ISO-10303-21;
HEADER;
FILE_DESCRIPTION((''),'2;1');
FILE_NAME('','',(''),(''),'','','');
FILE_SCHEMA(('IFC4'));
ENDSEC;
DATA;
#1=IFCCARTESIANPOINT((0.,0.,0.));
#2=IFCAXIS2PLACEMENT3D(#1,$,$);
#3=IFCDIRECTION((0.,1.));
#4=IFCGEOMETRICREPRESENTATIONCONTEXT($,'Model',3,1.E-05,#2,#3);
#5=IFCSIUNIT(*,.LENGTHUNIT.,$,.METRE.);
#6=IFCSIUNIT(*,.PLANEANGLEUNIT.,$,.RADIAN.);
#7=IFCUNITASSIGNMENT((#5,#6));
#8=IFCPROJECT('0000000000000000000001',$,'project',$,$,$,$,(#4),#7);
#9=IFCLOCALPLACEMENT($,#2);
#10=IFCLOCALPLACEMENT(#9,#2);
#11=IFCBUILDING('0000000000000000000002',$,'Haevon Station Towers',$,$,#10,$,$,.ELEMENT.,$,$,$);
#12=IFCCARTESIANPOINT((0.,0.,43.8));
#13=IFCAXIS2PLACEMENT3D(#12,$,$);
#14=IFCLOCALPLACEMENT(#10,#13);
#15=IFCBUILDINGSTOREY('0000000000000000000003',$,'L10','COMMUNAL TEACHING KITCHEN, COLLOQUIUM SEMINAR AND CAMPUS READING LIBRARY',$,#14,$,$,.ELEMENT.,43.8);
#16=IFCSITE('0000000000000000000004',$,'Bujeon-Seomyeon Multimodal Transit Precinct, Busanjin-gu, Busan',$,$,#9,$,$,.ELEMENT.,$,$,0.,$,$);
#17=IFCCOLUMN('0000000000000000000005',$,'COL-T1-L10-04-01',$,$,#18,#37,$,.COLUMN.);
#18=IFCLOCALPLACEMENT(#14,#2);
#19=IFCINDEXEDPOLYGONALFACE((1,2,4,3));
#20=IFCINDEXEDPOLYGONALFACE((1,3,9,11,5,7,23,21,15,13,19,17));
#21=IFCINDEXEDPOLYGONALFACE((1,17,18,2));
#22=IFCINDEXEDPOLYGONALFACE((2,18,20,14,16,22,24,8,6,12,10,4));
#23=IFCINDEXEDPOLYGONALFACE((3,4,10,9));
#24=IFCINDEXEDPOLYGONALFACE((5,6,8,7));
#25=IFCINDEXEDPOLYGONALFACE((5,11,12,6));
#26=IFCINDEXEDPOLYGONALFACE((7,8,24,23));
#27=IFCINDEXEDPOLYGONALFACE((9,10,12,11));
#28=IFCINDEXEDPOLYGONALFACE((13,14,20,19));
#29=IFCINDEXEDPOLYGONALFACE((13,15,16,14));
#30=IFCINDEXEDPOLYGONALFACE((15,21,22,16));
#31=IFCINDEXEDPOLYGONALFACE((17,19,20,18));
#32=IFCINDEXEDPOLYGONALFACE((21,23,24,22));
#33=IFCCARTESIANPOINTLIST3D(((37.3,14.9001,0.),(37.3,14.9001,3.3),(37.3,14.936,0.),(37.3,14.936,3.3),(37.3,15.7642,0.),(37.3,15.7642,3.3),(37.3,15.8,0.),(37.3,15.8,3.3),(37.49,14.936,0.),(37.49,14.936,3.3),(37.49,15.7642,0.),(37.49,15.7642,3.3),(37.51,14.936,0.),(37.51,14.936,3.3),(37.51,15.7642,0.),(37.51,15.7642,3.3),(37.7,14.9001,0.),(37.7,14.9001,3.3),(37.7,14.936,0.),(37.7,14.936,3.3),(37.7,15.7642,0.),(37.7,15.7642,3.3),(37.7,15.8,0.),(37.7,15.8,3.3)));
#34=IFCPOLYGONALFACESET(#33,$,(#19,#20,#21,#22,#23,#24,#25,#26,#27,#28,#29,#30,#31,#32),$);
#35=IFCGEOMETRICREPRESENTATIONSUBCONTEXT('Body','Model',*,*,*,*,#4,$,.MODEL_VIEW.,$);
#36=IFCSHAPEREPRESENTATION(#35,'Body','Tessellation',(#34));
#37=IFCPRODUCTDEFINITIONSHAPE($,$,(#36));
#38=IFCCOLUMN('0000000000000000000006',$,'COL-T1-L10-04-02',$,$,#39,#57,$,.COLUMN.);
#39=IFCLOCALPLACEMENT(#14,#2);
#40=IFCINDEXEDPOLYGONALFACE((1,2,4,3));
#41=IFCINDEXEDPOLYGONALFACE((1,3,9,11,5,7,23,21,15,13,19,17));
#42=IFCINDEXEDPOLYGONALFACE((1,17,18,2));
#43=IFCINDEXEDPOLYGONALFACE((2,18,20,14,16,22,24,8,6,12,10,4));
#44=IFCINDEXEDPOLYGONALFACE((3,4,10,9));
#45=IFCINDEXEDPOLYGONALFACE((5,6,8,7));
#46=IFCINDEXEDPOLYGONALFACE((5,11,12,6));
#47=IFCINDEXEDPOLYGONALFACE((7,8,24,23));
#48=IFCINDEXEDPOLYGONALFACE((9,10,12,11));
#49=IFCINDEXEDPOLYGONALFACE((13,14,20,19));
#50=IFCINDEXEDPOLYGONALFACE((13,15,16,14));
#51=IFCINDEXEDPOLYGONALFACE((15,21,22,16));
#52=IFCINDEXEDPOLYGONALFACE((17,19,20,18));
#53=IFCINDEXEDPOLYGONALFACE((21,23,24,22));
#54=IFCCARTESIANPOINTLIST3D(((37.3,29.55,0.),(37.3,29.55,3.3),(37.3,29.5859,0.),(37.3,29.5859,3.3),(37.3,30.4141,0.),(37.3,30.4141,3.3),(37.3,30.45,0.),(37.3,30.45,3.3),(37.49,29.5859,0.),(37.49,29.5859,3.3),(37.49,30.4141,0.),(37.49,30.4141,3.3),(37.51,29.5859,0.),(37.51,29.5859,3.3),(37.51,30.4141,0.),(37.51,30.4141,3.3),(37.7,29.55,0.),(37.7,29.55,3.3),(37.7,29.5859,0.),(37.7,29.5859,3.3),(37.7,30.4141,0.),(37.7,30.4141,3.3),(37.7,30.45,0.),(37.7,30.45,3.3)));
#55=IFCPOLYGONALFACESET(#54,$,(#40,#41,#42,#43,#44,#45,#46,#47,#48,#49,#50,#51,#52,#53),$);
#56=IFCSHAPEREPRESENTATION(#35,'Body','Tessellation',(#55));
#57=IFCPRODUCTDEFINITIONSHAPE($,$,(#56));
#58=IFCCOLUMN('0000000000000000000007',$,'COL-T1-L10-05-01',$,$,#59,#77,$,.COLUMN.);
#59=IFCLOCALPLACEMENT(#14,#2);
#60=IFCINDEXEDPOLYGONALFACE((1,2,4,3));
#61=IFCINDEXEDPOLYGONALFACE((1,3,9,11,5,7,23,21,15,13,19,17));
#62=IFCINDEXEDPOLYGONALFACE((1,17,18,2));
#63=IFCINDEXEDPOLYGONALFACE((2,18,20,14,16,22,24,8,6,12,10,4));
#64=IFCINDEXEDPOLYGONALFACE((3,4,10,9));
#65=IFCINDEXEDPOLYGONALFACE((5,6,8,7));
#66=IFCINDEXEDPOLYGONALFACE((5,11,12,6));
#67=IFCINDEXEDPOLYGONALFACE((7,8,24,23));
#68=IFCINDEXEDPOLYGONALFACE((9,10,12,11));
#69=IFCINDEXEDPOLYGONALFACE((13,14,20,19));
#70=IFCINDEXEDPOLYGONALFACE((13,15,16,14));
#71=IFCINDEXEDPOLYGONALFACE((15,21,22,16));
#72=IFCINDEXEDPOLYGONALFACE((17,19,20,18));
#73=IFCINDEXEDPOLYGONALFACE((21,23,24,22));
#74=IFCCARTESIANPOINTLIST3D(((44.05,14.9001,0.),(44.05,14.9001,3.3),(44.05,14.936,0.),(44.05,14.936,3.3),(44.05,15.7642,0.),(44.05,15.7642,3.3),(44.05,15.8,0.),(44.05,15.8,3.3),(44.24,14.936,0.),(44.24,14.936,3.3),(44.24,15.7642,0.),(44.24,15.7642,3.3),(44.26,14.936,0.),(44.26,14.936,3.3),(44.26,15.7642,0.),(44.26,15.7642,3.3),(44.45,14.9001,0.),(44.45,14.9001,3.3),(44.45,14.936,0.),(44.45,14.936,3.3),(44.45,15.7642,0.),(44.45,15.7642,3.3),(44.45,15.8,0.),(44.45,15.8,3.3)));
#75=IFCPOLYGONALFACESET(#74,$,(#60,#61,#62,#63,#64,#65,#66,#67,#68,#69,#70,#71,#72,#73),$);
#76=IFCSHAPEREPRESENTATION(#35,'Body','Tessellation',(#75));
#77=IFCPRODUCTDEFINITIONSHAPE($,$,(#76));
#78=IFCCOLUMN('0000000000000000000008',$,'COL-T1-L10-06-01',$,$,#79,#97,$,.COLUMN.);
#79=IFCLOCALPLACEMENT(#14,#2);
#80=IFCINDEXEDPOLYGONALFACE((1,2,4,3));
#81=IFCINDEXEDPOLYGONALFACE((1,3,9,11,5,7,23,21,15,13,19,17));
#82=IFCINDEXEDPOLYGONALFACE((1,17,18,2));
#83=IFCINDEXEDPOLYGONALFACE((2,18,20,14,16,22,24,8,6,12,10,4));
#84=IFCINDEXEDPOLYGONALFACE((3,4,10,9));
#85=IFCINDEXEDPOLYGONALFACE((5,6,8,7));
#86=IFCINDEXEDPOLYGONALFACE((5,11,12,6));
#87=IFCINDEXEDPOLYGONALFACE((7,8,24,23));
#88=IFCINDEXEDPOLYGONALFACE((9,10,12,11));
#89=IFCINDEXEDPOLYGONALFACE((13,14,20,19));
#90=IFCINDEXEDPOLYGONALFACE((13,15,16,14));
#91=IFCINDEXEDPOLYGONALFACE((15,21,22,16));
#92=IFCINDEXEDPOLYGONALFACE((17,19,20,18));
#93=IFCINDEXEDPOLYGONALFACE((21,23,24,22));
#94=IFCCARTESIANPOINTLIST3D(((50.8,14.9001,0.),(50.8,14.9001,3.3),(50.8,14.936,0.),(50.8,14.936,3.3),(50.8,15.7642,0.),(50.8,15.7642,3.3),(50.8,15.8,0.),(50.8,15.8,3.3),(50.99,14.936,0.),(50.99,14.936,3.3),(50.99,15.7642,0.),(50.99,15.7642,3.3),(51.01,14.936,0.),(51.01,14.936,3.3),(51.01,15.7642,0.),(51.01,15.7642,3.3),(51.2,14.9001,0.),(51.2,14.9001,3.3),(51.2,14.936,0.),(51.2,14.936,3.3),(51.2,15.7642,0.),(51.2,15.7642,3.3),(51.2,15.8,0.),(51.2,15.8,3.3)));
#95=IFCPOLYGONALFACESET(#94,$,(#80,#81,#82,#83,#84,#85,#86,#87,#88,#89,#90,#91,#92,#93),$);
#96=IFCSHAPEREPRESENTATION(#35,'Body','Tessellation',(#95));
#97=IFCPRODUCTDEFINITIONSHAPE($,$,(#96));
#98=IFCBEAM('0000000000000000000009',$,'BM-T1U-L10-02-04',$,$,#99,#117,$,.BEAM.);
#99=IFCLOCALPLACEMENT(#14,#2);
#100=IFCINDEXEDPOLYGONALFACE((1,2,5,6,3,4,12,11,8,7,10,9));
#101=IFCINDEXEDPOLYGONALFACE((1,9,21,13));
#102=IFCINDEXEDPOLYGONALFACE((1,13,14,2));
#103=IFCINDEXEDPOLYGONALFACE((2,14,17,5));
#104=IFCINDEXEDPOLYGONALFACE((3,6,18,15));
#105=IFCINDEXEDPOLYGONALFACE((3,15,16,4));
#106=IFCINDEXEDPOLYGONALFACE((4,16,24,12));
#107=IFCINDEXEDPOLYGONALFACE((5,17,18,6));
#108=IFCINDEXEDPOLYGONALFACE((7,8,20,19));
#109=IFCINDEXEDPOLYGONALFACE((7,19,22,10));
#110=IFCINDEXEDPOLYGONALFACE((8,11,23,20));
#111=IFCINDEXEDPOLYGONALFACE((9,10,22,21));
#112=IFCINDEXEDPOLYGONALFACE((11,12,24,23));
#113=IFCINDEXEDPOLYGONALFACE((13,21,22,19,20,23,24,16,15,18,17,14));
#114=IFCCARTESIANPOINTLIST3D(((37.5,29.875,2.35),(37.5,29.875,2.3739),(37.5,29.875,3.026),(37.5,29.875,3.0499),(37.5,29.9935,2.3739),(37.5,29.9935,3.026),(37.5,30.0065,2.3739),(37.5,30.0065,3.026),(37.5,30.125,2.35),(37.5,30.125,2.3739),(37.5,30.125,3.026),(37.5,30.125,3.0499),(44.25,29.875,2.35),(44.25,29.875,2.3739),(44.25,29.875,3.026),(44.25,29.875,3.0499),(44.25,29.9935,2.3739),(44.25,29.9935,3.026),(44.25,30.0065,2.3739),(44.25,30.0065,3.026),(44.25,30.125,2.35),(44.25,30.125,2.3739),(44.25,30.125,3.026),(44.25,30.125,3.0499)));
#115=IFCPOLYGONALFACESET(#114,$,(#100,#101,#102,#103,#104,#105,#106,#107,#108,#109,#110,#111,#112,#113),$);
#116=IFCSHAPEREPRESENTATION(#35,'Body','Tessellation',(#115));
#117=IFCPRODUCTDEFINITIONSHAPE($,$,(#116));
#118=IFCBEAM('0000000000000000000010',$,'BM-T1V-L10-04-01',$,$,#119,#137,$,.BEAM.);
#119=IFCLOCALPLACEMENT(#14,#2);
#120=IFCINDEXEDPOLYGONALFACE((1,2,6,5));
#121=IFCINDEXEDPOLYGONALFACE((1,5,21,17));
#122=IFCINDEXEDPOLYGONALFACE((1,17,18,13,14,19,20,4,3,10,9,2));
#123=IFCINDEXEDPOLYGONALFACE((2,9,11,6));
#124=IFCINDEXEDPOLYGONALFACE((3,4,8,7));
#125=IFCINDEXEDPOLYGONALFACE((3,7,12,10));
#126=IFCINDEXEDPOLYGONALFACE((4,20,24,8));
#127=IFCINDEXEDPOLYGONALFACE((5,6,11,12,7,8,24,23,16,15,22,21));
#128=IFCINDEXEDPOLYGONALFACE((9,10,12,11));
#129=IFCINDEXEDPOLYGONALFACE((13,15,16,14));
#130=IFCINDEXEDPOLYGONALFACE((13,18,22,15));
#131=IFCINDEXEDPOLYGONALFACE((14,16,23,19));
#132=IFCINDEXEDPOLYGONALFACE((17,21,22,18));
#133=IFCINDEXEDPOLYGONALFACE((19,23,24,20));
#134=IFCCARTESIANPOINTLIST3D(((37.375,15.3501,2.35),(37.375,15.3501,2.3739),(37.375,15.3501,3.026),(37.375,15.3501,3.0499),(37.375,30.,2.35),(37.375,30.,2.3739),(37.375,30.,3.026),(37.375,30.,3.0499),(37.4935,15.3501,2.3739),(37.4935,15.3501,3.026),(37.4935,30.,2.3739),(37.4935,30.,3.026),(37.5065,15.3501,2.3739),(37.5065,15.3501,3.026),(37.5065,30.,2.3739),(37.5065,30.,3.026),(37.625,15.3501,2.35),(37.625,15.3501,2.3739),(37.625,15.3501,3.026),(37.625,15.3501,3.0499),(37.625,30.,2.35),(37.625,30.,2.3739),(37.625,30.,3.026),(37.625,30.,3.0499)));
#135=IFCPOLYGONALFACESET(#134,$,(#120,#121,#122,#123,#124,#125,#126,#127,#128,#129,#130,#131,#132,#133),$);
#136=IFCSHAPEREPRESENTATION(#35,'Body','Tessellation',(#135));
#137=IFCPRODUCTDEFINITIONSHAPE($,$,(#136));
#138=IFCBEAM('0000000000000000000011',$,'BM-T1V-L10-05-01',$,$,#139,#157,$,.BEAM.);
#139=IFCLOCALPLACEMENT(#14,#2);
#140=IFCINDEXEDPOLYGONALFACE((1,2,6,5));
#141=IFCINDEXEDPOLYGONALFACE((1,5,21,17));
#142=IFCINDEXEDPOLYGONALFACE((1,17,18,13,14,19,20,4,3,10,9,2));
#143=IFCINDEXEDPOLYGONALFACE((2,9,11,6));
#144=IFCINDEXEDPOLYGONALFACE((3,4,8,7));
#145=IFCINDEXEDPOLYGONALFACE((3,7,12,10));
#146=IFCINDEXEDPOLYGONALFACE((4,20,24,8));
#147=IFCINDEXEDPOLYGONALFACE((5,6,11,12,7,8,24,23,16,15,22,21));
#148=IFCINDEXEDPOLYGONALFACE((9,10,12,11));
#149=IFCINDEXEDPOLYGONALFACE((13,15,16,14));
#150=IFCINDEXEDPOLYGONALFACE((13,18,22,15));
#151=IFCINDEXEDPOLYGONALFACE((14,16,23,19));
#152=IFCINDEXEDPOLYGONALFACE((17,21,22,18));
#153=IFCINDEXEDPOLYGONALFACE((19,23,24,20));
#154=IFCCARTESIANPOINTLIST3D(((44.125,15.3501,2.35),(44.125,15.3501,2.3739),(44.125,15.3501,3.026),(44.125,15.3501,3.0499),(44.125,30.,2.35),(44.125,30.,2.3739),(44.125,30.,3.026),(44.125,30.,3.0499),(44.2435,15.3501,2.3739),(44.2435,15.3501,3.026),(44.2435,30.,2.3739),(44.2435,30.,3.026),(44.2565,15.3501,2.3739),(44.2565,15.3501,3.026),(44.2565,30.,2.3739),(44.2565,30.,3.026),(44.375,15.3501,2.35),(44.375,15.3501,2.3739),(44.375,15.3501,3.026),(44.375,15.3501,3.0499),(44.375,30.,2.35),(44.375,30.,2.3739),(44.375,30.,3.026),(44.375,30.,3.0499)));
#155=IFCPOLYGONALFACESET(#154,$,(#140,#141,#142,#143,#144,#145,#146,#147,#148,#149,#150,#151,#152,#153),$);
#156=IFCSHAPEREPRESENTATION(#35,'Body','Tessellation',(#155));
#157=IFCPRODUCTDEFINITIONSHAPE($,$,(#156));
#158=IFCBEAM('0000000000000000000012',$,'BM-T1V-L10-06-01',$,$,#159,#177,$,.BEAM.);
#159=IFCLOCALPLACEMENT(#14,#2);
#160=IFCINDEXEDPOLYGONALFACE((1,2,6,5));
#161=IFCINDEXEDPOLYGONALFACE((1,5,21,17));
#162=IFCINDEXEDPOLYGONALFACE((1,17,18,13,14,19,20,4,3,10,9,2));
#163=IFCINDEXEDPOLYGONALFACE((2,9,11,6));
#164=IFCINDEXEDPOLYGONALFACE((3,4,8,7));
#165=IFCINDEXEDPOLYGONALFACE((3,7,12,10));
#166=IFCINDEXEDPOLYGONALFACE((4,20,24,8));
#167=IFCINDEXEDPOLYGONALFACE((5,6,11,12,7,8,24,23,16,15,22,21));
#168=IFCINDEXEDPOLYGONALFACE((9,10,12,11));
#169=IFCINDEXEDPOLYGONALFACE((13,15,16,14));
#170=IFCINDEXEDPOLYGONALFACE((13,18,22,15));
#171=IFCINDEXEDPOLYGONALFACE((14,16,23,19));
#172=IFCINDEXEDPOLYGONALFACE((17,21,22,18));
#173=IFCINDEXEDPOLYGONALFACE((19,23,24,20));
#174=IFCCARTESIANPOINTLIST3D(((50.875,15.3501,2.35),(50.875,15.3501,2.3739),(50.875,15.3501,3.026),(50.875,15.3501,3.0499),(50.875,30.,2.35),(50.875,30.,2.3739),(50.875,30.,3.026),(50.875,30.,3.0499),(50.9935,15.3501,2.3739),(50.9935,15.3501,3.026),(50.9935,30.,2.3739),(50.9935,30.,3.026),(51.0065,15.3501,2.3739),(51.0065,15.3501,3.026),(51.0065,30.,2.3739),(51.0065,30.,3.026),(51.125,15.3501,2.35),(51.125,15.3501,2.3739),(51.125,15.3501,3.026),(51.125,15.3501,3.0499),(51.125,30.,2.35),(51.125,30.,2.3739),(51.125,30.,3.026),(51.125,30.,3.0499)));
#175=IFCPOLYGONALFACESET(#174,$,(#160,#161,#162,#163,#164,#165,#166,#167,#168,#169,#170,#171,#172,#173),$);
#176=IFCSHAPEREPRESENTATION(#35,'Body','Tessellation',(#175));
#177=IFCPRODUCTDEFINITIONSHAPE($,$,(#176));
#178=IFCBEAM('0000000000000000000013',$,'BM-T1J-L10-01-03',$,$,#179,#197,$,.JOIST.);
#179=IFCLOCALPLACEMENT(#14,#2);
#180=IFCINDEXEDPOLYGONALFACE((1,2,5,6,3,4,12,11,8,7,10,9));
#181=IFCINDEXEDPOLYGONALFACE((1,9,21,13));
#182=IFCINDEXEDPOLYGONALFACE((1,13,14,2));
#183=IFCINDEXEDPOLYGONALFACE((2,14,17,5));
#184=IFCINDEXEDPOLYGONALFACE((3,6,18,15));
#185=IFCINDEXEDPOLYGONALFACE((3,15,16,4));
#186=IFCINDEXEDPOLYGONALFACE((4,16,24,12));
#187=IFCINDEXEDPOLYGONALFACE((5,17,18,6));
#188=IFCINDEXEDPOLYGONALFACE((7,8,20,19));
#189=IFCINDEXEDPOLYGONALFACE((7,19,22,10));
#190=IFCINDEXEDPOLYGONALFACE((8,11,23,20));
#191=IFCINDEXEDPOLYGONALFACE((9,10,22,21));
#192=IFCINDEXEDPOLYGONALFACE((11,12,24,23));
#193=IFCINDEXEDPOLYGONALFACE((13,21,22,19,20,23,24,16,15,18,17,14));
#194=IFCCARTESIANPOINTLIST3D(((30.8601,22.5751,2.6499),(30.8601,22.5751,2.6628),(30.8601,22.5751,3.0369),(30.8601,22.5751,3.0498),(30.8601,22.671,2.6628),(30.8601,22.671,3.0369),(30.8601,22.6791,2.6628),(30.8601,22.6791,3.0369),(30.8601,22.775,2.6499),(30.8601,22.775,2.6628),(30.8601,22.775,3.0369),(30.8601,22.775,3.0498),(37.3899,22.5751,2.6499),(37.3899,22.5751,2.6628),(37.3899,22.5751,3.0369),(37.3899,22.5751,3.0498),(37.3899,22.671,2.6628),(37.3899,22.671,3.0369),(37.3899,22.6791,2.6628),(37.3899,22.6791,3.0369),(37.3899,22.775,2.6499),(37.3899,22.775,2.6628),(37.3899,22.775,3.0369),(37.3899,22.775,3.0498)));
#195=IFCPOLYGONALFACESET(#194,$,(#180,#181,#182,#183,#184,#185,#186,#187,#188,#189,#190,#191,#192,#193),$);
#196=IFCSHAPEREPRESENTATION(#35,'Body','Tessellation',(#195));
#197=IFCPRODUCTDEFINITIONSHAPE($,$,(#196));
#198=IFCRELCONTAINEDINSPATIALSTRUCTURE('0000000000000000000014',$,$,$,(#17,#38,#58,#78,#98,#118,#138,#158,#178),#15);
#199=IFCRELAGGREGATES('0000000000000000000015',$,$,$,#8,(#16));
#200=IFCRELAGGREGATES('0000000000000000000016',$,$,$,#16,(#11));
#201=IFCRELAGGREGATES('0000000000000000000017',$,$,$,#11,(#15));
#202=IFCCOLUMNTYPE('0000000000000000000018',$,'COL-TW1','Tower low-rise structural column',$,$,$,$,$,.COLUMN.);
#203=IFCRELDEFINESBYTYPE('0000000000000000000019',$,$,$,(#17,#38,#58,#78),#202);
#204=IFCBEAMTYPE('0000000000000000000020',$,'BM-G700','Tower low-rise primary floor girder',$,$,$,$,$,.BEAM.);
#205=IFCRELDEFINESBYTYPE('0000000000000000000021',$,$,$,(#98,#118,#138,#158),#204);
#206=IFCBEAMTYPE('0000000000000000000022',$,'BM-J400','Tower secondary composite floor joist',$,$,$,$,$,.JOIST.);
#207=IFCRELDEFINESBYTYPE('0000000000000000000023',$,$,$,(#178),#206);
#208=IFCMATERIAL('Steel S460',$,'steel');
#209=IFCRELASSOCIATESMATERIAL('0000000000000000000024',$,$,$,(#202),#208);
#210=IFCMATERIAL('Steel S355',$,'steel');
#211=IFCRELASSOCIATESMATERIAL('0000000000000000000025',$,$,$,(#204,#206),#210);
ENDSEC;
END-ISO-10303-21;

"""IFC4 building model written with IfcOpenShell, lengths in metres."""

from ifc_helpers import new_model, si_unit, direction, frame, origin, origin_2d, place, context, subcontext, project, spatial, i_section, extrude, material, material_profile, profile_set, type_object, element, save


model = new_model("IFC4")

# Units and contexts
model_context = context("Model", 3, precision=1e-05, world=origin(), true_north=direction((0.0, 1.0)))
body_context = subcontext(model_context, "Body", "Model", "MODEL_VIEW")
ifc_project = project(units=[si_unit("LENGTHUNIT", "METRE"), si_unit("PLANEANGLEUNIT", "RADIAN")], contexts=[model_context])

# Site, building, storey
site_placement = place(None, origin())
site = spatial("IfcSite", under=ifc_project, at=site_placement, Name="Bujeon-Seomyeon Multimodal Transit Precinct, Busanjin-gu, Busan", CompositionType="ELEMENT", RefElevation=0.0)
building_placement = place(site_placement, origin())
building = spatial("IfcBuilding", under=site, at=building_placement, Name="Haevon Station Towers", CompositionType="ELEMENT")
storey_placement = place(building_placement, frame((0.0, 0.0, 43.8)))
storey = spatial("IfcBuildingStorey", under=building, at=storey_placement, Name="L10", Description="COMMUNAL TEACHING KITCHEN, COLLOQUIUM SEMINAR AND CAMPUS READING LIBRARY", CompositionType="ELEMENT", Elevation=43.8)

# Columns
ifc_material_1 = material(Name="Steel S460", Category="steel")
ifc_material_profile_1 = material_profile(ifc_material_1, i_section(OverallWidth=0.3999, OverallDepth=0.8999, WebThickness=0.02, FlangeThickness=0.0359, at=origin_2d()), Name="H-900x400x20x36")
ifc_profile_set_1 = profile_set([ifc_material_profile_1], Name="Steel S460")
column_type = type_object("IfcColumnType", Name="COL-TW1", Description="Tower low-rise structural column", PredefinedType="COLUMN", material=ifc_profile_set_1)
for number, where, z_axis, x_axis, name in (
    (1, (37.5, 15.3501, 0.0), (0.0, 0.0, 1.0), (1.0, 0.0, 0.0), "COL-T1-L10-04-01"),
    (2, (37.5, 30.0, 0.0), (0.0, 0.0, 1.0), (1.0, 0.0, 0.0), "COL-T1-L10-04-02"),
    (3, (44.25, 15.3501, 0.0), (0.0, 0.0, 1.0), (1.0, 0.0, 0.0), "COL-T1-L10-05-01"),
    (4, (51.0, 15.3501, 0.0), (0.0, 0.0, 1.0), (1.0, 0.0, 0.0), "COL-T1-L10-06-01"),
):
    element("IfcColumn", number, at=place(storey_placement, frame(where, z_axis=z_axis, x_axis=x_axis)), inside=storey, type_object=column_type, Name=name, PredefinedType="COLUMN", context=body_context, shape_type="SweptSolid", body=[
        extrude(i_section(OverallWidth=0.3999, OverallDepth=0.8999, WebThickness=0.02, FlangeThickness=0.0359, at=origin_2d()), origin(), (0.0, 0.0, 1.0), 3.3),
    ])

# Beams
ifc_material_2 = material(Name="Steel S355", Category="steel")
ifc_material_profile_2 = material_profile(ifc_material_2, i_section(OverallWidth=0.25, OverallDepth=0.7, WebThickness=0.0129, FlangeThickness=0.0239, at=origin_2d()), Name="H-700x250x13x24")
ifc_profile_set_2 = profile_set([ifc_material_profile_2], Name="Steel S355")
beam_type_1 = type_object("IfcBeamType", Name="BM-G700", Description="Tower low-rise primary floor girder", PredefinedType="BEAM", material=ifc_profile_set_2)
beam_1_placement = place(storey_placement, frame((37.5, 30.0, 2.7), z_axis=(1.0, 0.0, 0.0), x_axis=(0.0, 1.0, 0.0)))
element("IfcBeam", 5, at=beam_1_placement, inside=storey, type_object=beam_type_1, Name="BM-T1U-L10-02-04", PredefinedType="BEAM", context=body_context, shape_type="SweptSolid", body=[
    extrude(i_section(OverallWidth=0.25, OverallDepth=0.7, WebThickness=0.0129, FlangeThickness=0.0239, at=origin_2d()), origin(), (0.0, 0.0, 1.0), 6.75),
])
for number, where, z_axis, x_axis, name in (
    (6, (37.5, 15.3501, 2.7), (0.0, 1.0, 0.0), (-1.0, 0.0, 0.0), "BM-T1V-L10-04-01"),
    (7, (44.25, 15.3501, 2.7), (0.0, 1.0, 0.0), (-1.0, 0.0, 0.0), "BM-T1V-L10-05-01"),
    (8, (51.0, 15.3501, 2.7), (0.0, 1.0, 0.0), (-1.0, 0.0, 0.0), "BM-T1V-L10-06-01"),
):
    element("IfcBeam", number, at=place(storey_placement, frame(where, z_axis=z_axis, x_axis=x_axis)), inside=storey, type_object=beam_type_1, Name=name, PredefinedType="BEAM", context=body_context, shape_type="SweptSolid", body=[
        extrude(i_section(OverallWidth=0.25, OverallDepth=0.7, WebThickness=0.0129, FlangeThickness=0.0239, at=origin_2d()), origin(), (0.0, 0.0, 1.0), 14.6499),
    ])
ifc_material_profile_3 = material_profile(ifc_material_2, i_section(OverallWidth=0.2, OverallDepth=0.3999, WebThickness=0.0081, FlangeThickness=0.0129, at=origin_2d()), Name="H-400x200x8x13")
ifc_profile_set_3 = profile_set([ifc_material_profile_3], Name="Steel S355")
beam_type_2 = type_object("IfcBeamType", Name="BM-J400", Description="Tower secondary composite floor joist", PredefinedType="JOIST", material=ifc_profile_set_3)
for number, where, z_axis, x_axis, name in (
    (9, (30.8601, 22.675, 2.8499), (1.0, 0.0, 0.0), (0.0, 1.0, 0.0), "BM-T1J-L10-01-03"),
):
    element("IfcBeam", number, at=place(storey_placement, frame(where, z_axis=z_axis, x_axis=x_axis)), inside=storey, type_object=beam_type_2, Name=name, PredefinedType="JOIST", context=body_context, shape_type="SweptSolid", body=[
        extrude(i_section(OverallWidth=0.2, OverallDepth=0.3999, WebThickness=0.0081, FlangeThickness=0.0129, at=origin_2d()), origin(), (0.0, 0.0, 1.0), 6.5298),
    ])

save(model, "model.ifc")
